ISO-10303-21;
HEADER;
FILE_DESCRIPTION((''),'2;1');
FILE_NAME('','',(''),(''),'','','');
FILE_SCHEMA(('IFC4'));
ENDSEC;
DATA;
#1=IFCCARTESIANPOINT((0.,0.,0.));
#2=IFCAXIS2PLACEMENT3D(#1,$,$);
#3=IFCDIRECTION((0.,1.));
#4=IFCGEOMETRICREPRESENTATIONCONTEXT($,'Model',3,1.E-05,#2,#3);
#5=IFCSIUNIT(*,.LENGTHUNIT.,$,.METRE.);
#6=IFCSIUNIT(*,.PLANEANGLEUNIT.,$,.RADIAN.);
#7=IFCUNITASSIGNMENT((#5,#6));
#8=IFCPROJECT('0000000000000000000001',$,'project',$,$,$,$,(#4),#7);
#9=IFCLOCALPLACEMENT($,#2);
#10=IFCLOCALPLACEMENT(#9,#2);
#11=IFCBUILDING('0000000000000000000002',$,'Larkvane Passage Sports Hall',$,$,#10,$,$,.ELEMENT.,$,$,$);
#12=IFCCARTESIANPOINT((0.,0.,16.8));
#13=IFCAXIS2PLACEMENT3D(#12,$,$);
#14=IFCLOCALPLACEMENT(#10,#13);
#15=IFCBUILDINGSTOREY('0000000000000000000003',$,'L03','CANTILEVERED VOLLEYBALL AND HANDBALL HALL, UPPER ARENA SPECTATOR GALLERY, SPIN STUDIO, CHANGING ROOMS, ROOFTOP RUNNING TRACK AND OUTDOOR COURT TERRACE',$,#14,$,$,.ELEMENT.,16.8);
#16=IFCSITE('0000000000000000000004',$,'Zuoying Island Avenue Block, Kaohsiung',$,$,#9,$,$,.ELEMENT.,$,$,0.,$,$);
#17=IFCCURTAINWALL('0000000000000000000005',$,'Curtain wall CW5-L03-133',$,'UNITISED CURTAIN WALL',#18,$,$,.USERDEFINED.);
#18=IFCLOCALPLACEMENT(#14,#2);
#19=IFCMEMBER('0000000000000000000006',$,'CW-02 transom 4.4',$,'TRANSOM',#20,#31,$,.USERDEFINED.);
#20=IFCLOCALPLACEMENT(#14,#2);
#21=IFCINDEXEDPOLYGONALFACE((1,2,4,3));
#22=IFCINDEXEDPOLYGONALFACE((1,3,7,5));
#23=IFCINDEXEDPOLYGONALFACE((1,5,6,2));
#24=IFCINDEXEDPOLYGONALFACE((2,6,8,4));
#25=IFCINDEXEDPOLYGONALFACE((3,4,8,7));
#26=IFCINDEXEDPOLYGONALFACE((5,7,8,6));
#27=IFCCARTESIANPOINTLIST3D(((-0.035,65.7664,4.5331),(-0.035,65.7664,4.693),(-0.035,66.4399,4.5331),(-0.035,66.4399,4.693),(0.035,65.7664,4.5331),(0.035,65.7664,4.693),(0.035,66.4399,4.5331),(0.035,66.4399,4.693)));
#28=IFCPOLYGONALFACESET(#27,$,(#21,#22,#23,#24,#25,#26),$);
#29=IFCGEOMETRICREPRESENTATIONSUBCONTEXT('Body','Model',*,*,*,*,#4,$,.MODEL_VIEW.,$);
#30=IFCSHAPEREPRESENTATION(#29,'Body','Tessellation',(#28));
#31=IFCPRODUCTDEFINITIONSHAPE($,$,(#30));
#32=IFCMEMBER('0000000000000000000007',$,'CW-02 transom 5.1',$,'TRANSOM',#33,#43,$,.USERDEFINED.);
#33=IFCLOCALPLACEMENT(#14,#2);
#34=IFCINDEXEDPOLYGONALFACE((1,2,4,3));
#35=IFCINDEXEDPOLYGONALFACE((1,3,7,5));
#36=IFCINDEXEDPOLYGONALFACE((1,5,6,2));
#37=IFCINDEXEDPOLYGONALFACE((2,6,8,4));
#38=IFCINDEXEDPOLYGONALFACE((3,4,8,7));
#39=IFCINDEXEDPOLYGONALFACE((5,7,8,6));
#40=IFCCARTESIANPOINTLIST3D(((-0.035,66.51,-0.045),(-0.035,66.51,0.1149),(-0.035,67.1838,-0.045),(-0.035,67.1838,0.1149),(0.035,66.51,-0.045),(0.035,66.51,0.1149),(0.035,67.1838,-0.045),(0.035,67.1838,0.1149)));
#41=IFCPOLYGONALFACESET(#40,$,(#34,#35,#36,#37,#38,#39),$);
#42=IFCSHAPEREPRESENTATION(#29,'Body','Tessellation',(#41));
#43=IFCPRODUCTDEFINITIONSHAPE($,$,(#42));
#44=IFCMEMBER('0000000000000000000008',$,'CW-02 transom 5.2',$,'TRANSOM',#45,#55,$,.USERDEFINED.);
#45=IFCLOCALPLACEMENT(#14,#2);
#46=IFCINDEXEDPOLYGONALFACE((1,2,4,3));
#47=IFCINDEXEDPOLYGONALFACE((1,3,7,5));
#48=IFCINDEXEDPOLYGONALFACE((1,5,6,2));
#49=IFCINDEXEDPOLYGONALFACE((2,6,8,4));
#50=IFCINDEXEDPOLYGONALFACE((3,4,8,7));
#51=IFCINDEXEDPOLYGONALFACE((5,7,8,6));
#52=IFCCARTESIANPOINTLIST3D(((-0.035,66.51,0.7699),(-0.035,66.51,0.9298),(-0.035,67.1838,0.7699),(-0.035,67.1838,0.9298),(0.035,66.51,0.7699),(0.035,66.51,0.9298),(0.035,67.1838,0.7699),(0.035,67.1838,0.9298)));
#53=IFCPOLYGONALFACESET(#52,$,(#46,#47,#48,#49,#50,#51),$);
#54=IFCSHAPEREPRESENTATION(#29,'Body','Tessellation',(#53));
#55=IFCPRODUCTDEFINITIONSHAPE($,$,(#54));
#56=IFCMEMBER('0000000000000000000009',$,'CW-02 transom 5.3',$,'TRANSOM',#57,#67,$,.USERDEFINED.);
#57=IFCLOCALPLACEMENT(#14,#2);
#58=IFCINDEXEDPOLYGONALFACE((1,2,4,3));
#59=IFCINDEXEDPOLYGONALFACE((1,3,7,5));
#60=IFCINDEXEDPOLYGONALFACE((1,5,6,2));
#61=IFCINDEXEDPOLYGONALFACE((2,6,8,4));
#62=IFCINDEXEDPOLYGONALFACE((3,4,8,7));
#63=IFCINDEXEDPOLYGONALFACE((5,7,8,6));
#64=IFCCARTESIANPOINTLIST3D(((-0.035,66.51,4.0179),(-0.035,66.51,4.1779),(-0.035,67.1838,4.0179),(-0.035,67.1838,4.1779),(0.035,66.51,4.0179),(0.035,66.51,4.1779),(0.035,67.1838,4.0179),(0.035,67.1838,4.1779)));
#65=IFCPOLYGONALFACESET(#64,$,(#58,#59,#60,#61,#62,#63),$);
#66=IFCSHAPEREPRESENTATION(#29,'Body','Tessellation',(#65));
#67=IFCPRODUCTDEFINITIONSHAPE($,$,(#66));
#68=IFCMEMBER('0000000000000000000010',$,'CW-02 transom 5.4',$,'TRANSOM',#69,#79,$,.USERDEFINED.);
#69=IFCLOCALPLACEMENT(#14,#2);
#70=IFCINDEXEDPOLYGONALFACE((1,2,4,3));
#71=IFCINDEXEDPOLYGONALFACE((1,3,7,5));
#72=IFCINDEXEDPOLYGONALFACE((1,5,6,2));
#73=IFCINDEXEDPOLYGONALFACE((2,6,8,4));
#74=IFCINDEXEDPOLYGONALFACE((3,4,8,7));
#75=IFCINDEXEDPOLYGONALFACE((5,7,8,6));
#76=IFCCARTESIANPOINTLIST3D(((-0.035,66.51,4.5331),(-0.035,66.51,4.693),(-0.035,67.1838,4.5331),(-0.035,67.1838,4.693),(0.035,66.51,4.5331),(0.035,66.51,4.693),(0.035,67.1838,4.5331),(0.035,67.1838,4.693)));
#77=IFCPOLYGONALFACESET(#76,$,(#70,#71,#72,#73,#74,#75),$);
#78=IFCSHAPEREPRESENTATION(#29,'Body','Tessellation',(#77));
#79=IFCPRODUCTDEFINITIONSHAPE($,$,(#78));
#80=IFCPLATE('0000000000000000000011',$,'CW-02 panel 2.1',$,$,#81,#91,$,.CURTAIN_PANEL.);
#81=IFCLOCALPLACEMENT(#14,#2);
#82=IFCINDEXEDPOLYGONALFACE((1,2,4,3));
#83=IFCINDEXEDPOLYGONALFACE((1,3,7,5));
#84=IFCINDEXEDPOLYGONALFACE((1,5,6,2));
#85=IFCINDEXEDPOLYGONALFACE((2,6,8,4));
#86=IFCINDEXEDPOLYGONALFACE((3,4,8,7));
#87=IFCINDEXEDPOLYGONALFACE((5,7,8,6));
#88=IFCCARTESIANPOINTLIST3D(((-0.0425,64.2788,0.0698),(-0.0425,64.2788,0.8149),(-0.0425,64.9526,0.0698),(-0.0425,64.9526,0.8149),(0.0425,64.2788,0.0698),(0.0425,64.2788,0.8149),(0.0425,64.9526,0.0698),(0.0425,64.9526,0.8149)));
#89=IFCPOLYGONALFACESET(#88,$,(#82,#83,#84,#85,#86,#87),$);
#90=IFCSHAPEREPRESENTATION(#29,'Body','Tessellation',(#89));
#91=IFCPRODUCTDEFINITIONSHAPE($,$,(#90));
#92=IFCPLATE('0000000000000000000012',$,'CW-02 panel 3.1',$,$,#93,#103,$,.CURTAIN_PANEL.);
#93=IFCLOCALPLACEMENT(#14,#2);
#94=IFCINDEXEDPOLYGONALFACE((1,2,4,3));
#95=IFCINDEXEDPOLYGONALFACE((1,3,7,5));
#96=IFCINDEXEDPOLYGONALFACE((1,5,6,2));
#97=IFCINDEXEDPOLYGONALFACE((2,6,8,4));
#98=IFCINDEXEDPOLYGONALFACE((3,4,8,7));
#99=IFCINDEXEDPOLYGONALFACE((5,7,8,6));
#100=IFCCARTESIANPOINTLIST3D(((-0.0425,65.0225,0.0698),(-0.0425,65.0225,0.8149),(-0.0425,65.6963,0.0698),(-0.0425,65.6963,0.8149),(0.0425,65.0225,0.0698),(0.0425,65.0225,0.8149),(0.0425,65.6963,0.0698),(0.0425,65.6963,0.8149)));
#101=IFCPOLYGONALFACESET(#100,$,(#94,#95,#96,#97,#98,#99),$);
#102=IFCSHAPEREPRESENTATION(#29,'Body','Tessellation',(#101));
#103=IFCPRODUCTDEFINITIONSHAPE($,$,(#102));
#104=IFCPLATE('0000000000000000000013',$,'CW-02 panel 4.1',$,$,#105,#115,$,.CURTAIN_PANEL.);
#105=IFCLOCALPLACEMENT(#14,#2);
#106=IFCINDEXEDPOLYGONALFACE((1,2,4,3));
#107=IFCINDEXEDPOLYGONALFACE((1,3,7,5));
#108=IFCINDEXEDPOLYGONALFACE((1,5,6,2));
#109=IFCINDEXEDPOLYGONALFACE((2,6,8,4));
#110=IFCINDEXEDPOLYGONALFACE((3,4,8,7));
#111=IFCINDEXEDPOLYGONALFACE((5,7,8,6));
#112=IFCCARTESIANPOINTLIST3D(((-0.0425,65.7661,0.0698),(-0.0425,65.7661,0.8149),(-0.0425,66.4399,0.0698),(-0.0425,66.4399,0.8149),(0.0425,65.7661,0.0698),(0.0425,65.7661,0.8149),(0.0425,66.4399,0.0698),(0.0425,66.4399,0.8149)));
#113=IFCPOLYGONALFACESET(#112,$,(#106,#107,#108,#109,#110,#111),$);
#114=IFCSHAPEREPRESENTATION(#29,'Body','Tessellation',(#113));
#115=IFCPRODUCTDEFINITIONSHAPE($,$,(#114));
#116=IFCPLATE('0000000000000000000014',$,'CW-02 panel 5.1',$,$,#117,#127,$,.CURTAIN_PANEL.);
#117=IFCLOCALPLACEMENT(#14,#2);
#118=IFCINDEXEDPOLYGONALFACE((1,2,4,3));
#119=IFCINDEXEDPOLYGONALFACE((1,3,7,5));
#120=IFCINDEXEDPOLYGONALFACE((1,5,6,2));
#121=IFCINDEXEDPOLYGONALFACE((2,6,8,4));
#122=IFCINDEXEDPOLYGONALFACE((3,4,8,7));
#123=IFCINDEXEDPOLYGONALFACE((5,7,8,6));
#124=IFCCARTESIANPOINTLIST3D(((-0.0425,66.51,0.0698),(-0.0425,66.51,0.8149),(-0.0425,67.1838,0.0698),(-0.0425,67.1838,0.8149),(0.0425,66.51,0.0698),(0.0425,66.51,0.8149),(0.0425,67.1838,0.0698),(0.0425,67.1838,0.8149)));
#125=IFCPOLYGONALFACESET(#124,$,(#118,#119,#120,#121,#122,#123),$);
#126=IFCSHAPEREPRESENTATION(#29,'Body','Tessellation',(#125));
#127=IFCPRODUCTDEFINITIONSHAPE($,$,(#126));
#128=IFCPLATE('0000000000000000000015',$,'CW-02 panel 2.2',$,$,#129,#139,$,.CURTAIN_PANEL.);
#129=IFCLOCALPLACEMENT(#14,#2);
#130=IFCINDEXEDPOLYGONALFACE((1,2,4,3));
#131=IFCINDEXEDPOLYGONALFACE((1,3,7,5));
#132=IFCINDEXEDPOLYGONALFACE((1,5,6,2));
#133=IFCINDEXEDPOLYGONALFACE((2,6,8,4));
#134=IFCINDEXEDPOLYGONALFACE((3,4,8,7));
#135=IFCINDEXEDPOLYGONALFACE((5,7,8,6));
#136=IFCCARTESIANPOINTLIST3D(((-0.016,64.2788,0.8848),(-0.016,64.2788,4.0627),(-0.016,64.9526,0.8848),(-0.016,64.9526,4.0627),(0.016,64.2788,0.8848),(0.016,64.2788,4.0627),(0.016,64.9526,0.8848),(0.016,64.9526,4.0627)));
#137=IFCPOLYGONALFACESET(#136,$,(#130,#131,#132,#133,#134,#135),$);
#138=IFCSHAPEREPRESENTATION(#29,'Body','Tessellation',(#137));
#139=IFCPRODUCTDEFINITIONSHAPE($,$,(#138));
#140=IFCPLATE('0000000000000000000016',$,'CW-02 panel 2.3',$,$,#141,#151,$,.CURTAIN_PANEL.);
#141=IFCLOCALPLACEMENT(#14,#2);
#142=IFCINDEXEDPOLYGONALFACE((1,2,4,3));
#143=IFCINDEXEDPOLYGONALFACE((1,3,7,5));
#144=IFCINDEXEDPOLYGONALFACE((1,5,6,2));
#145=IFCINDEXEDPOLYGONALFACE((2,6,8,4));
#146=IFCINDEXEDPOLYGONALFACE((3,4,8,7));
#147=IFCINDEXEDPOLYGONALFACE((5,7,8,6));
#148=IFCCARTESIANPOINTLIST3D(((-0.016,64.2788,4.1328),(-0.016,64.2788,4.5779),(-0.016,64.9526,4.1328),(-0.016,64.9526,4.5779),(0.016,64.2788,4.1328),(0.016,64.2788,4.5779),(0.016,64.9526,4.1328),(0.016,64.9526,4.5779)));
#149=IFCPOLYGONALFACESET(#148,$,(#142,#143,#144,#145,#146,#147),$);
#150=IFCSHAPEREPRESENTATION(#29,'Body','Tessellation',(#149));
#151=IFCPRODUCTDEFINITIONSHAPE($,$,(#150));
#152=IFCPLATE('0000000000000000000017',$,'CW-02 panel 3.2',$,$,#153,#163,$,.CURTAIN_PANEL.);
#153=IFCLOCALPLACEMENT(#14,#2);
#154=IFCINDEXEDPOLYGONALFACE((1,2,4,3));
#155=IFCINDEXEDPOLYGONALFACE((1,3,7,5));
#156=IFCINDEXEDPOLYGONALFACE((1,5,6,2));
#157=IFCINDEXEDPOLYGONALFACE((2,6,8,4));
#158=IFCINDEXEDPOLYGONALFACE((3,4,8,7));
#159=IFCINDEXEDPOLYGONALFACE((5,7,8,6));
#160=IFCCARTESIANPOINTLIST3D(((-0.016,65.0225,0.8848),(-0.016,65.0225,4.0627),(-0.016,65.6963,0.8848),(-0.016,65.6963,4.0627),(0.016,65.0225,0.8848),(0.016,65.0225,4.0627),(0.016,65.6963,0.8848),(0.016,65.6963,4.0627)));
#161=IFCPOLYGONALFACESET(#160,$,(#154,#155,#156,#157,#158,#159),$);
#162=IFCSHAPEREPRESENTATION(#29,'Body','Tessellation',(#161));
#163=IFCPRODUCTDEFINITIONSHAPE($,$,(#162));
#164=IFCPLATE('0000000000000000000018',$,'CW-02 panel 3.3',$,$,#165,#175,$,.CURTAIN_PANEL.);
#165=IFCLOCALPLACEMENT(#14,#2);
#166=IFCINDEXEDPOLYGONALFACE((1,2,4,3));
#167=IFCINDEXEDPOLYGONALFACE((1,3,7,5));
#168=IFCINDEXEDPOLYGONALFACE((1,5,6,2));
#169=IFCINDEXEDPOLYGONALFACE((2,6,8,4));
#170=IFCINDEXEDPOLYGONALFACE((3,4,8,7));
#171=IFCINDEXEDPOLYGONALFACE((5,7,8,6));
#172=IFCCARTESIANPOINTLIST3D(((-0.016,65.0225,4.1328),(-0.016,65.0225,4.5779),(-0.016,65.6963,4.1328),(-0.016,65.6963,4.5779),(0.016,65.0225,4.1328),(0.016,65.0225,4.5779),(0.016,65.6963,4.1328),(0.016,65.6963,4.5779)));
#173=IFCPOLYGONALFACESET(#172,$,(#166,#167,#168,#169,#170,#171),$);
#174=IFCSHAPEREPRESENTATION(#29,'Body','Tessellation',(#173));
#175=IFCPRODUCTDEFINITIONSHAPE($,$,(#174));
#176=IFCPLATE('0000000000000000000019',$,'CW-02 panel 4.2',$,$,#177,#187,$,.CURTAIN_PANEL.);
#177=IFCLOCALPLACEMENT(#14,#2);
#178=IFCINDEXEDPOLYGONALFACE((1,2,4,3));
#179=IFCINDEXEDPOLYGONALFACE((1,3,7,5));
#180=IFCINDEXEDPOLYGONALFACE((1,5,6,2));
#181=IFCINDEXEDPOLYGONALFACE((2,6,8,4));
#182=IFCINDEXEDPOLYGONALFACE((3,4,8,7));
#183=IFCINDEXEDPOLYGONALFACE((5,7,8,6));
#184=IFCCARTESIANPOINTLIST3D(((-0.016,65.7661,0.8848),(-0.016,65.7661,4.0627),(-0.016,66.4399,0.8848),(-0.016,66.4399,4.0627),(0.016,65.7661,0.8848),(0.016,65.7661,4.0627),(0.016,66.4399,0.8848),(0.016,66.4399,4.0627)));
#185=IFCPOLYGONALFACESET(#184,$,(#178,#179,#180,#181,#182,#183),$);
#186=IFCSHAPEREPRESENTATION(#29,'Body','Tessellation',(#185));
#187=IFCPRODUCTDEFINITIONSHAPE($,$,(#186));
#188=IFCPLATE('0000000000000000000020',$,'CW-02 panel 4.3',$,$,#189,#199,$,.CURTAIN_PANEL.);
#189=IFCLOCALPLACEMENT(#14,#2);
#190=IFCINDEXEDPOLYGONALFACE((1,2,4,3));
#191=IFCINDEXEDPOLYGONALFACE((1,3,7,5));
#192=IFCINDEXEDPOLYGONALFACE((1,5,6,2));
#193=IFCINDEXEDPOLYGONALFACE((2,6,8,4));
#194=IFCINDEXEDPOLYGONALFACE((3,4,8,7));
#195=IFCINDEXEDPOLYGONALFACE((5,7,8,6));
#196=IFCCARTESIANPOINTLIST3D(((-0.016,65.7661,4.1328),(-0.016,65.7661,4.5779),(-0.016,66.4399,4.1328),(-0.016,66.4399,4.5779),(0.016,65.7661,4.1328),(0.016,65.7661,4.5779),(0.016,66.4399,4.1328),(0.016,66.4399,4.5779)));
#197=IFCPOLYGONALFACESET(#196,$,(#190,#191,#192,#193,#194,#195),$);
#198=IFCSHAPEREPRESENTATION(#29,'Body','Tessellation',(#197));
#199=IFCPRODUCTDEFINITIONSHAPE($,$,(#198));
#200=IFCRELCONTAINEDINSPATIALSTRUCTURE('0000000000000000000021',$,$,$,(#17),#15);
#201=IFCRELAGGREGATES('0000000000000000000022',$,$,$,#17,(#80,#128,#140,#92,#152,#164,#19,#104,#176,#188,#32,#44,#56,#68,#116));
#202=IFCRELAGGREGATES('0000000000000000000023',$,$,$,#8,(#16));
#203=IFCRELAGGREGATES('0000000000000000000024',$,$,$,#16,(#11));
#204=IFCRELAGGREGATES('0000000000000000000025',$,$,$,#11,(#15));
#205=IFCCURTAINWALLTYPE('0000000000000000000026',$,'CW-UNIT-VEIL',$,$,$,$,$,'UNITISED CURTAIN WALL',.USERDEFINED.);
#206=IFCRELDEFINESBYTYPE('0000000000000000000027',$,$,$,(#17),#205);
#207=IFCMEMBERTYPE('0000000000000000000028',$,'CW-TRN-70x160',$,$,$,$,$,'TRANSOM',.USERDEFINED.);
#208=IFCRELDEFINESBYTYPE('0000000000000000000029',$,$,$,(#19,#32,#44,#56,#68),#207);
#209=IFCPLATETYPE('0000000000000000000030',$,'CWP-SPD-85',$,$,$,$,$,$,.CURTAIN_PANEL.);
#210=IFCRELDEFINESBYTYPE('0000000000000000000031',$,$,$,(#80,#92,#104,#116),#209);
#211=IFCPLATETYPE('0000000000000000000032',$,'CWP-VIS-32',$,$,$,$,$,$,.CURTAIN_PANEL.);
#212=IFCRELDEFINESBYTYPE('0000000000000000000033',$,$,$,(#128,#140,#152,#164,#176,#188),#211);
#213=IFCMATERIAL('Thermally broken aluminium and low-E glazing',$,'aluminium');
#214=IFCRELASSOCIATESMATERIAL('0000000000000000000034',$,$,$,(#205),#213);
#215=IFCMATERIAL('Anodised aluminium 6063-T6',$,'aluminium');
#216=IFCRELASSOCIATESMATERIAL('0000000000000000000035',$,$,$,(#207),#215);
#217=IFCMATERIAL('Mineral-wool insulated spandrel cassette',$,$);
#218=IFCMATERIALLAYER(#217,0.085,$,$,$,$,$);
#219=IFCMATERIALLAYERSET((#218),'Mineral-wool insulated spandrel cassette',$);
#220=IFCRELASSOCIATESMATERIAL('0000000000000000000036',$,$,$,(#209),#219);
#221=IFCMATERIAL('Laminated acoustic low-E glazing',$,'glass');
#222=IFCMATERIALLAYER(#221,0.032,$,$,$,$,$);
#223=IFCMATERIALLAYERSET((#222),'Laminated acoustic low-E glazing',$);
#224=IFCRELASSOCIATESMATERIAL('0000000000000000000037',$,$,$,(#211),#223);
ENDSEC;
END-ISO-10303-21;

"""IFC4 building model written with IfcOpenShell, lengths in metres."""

from ifc_helpers import new_model, si_unit, direction, frame, origin, origin_2d, place, context, subcontext, project, spatial, rectangle, extrude, material, layer, layer_set, material_profile, profile_set, type_object, element, aggregate, save


model = new_model("IFC4")

# Units and contexts
model_context = context("Model", 3, precision=1e-05, world=origin(), true_north=direction((0.0, 1.0)))
body_context = subcontext(model_context, "Body", "Model", "MODEL_VIEW")
ifc_project = project(units=[si_unit("LENGTHUNIT", "METRE"), si_unit("PLANEANGLEUNIT", "RADIAN")], contexts=[model_context])

# Site, building, storey
site_placement = place(None, origin())
site = spatial("IfcSite", under=ifc_project, at=site_placement, Name="Zuoying Island Avenue Block, Kaohsiung", CompositionType="ELEMENT", RefElevation=0.0)
building_placement = place(site_placement, origin())
building = spatial("IfcBuilding", under=site, at=building_placement, Name="Larkvane Passage Sports Hall", CompositionType="ELEMENT")
storey_placement = place(building_placement, frame((0.0, 0.0, 16.8)))
storey = spatial("IfcBuildingStorey", under=building, at=storey_placement, Name="L03", Description="CANTILEVERED VOLLEYBALL AND HANDBALL HALL, UPPER ARENA SPECTATOR GALLERY, SPIN STUDIO, CHANGING ROOMS, ROOFTOP RUNNING TRACK AND OUTDOOR COURT TERRACE", CompositionType="ELEMENT", Elevation=16.8)

# Curtain wall, members, plates
ifc_material_1 = material(Name="Thermally broken aluminium and low-E glazing", Category="aluminium")
curtain_wall_type = type_object("IfcCurtainWallType", Name="CW-UNIT-VEIL", ElementType="UNITISED CURTAIN WALL", PredefinedType="USERDEFINED", material=ifc_material_1)
curtain_wall_placement = place(storey_placement, origin())
curtain_wall = element("IfcCurtainWall", 1, at=curtain_wall_placement, inside=storey, type_object=curtain_wall_type, Name="Curtain wall CW5-L03-133", ObjectType="UNITISED CURTAIN WALL", PredefinedType="USERDEFINED")
ifc_material_2 = material(Name="Anodised aluminium 6063-T6", Category="aluminium")
ifc_material_profile_1 = material_profile(ifc_material_2, rectangle(XDim=0.0701, YDim=0.1599, at=origin_2d()), Name="ALU-TRN-70x160")
ifc_profile_set_1 = profile_set([ifc_material_profile_1], Name="Anodised aluminium 6063-T6")
member_type_1 = type_object("IfcMemberType", Name="CW-TRN-70x160", ElementType="TRANSOM", PredefinedType="USERDEFINED", material=ifc_profile_set_1)
member_1_placement = place(storey_placement, frame((0.0, 65.7664, 4.613), z_axis=(0.0, 1.0, 0.0), x_axis=(-1.0, 0.0, 0.0)))
member_1 = element("IfcMember", 2, at=member_1_placement, type_object=member_type_1, Name="CW-02 transom 4.4", ObjectType="TRANSOM", PredefinedType="USERDEFINED", context=body_context, shape_type="SweptSolid", body=[
    extrude(rectangle(XDim=0.0701, YDim=0.1599, at=origin_2d()), origin(), (0.0, 0.0, 1.0), 0.6736),
])
member_2_placement = place(storey_placement, frame((0.0, 66.51, 0.0349), z_axis=(0.0, 1.0, 0.0), x_axis=(-1.0, 0.0, 0.0)))
member_2 = element("IfcMember", 3, at=member_2_placement, type_object=member_type_1, Name="CW-02 transom 5.1", ObjectType="TRANSOM", PredefinedType="USERDEFINED", context=body_context, shape_type="SweptSolid", body=[
    extrude(rectangle(XDim=0.0701, YDim=0.1599, at=origin_2d()), origin(), (0.0, 0.0, 1.0), 0.6738),
])
member_3_placement = place(storey_placement, frame((0.0, 66.51, 0.8499), z_axis=(0.0, 1.0, 0.0), x_axis=(-1.0, 0.0, 0.0)))
member_3 = element("IfcMember", 4, at=member_3_placement, type_object=member_type_1, Name="CW-02 transom 5.2", ObjectType="TRANSOM", PredefinedType="USERDEFINED", context=body_context, shape_type="SweptSolid", body=[
    extrude(rectangle(XDim=0.0701, YDim=0.1599, at=origin_2d()), origin(), (0.0, 0.0, 1.0), 0.6738),
])
member_4_placement = place(storey_placement, frame((0.0, 66.51, 4.0979), z_axis=(0.0, 1.0, 0.0), x_axis=(-1.0, 0.0, 0.0)))
member_4 = element("IfcMember", 5, at=member_4_placement, type_object=member_type_1, Name="CW-02 transom 5.3", ObjectType="TRANSOM", PredefinedType="USERDEFINED", context=body_context, shape_type="SweptSolid", body=[
    extrude(rectangle(XDim=0.0701, YDim=0.1599, at=origin_2d()), origin(), (0.0, 0.0, 1.0), 0.6738),
])
member_5_placement = place(storey_placement, frame((0.0, 66.51, 4.613), z_axis=(0.0, 1.0, 0.0), x_axis=(-1.0, 0.0, 0.0)))
member_5 = element("IfcMember", 6, at=member_5_placement, type_object=member_type_1, Name="CW-02 transom 5.4", ObjectType="TRANSOM", PredefinedType="USERDEFINED", context=body_context, shape_type="SweptSolid", body=[
    extrude(rectangle(XDim=0.0701, YDim=0.1599, at=origin_2d()), origin(), (0.0, 0.0, 1.0), 0.6738),
])
ifc_material_3 = material(Name="Mineral-wool insulated spandrel cassette")
ifc_layer_1 = layer(ifc_material_3, 0.085)
ifc_layer_set_1 = layer_set([ifc_layer_1], Name="Mineral-wool insulated spandrel cassette")
plate_type_1 = type_object("IfcPlateType", Name="CWP-SPD-85", PredefinedType="CURTAIN_PANEL", material=ifc_layer_set_1)
plate_1_placement = place(storey_placement, frame((0.0, 64.6157, 0.0698), z_axis=(0.0, 0.0, 1.0), x_axis=(0.0, 1.0, 0.0)))
plate_1 = element("IfcPlate", 7, at=plate_1_placement, type_object=plate_type_1, Name="CW-02 panel 2.1", PredefinedType="CURTAIN_PANEL", context=body_context, shape_type="SweptSolid", body=[
    extrude(rectangle(XDim=0.6738, YDim=0.085, at=origin_2d()), origin(), (0.0, 0.0, 1.0), 0.7451),
])
plate_2_placement = place(storey_placement, frame((0.0, 65.3594, 0.0698), z_axis=(0.0, 0.0, 1.0), x_axis=(0.0, 1.0, 0.0)))
plate_2 = element("IfcPlate", 8, at=plate_2_placement, type_object=plate_type_1, Name="CW-02 panel 3.1", PredefinedType="CURTAIN_PANEL", context=body_context, shape_type="SweptSolid", body=[
    extrude(rectangle(XDim=0.6738, YDim=0.085, at=origin_2d()), origin(), (0.0, 0.0, 1.0), 0.7451),
])
plate_3_placement = place(storey_placement, frame((0.0, 66.103, 0.0698), z_axis=(0.0, 0.0, 1.0), x_axis=(0.0, 1.0, 0.0)))
plate_3 = element("IfcPlate", 9, at=plate_3_placement, type_object=plate_type_1, Name="CW-02 panel 4.1", PredefinedType="CURTAIN_PANEL", context=body_context, shape_type="SweptSolid", body=[
    extrude(rectangle(XDim=0.6738, YDim=0.085, at=origin_2d()), origin(), (0.0, 0.0, 1.0), 0.7451),
])
plate_4_placement = place(storey_placement, frame((0.0, 66.8469, 0.0698), z_axis=(0.0, 0.0, 1.0), x_axis=(0.0, 1.0, 0.0)))
plate_4 = element("IfcPlate", 10, at=plate_4_placement, type_object=plate_type_1, Name="CW-02 panel 5.1", PredefinedType="CURTAIN_PANEL", context=body_context, shape_type="SweptSolid", body=[
    extrude(rectangle(XDim=0.6738, YDim=0.085, at=origin_2d()), origin(), (0.0, 0.0, 1.0), 0.7451),
])
ifc_material_4 = material(Name="Laminated acoustic low-E glazing", Category="glass")
ifc_layer_2 = layer(ifc_material_4, 0.032)
ifc_layer_set_2 = layer_set([ifc_layer_2], Name="Laminated acoustic low-E glazing")
plate_type_2 = type_object("IfcPlateType", Name="CWP-VIS-32", PredefinedType="CURTAIN_PANEL", material=ifc_layer_set_2)
plate_5_placement = place(storey_placement, frame((0.0, 64.6157, 0.8848), z_axis=(0.0, 0.0, 1.0), x_axis=(0.0, 1.0, 0.0)))
plate_5 = element("IfcPlate", 11, at=plate_5_placement, type_object=plate_type_2, Name="CW-02 panel 2.2", PredefinedType="CURTAIN_PANEL", context=body_context, shape_type="SweptSolid", body=[
    extrude(rectangle(XDim=0.6738, YDim=0.032, at=origin_2d()), origin(), (0.0, 0.0, 1.0), 3.178),
])
plate_6_placement = place(storey_placement, frame((0.0, 64.6157, 4.1328), z_axis=(0.0, 0.0, 1.0), x_axis=(0.0, 1.0, 0.0)))
plate_6 = element("IfcPlate", 12, at=plate_6_placement, type_object=plate_type_2, Name="CW-02 panel 2.3", PredefinedType="CURTAIN_PANEL", context=body_context, shape_type="SweptSolid", body=[
    extrude(rectangle(XDim=0.6738, YDim=0.032, at=origin_2d()), origin(), (0.0, 0.0, 1.0), 0.4451),
])
plate_7_placement = place(storey_placement, frame((0.0, 65.3594, 0.8848), z_axis=(0.0, 0.0, 1.0), x_axis=(0.0, 1.0, 0.0)))
plate_7 = element("IfcPlate", 13, at=plate_7_placement, type_object=plate_type_2, Name="CW-02 panel 3.2", PredefinedType="CURTAIN_PANEL", context=body_context, shape_type="SweptSolid", body=[
    extrude(rectangle(XDim=0.6738, YDim=0.032, at=origin_2d()), origin(), (0.0, 0.0, 1.0), 3.178),
])
plate_8_placement = place(storey_placement, frame((0.0, 65.3594, 4.1328), z_axis=(0.0, 0.0, 1.0), x_axis=(0.0, 1.0, 0.0)))
plate_8 = element("IfcPlate", 14, at=plate_8_placement, type_object=plate_type_2, Name="CW-02 panel 3.3", PredefinedType="CURTAIN_PANEL", context=body_context, shape_type="SweptSolid", body=[
    extrude(rectangle(XDim=0.6738, YDim=0.032, at=origin_2d()), origin(), (0.0, 0.0, 1.0), 0.4451),
])
plate_9_placement = place(storey_placement, frame((0.0, 66.103, 0.8848), z_axis=(0.0, 0.0, 1.0), x_axis=(0.0, 1.0, 0.0)))
plate_9 = element("IfcPlate", 15, at=plate_9_placement, type_object=plate_type_2, Name="CW-02 panel 4.2", PredefinedType="CURTAIN_PANEL", context=body_context, shape_type="SweptSolid", body=[
    extrude(rectangle(XDim=0.6738, YDim=0.032, at=origin_2d()), origin(), (0.0, 0.0, 1.0), 3.178),
])
plate_10_placement = place(storey_placement, frame((0.0, 66.103, 4.1328), z_axis=(0.0, 0.0, 1.0), x_axis=(0.0, 1.0, 0.0)))
plate_10 = element("IfcPlate", 16, at=plate_10_placement, type_object=plate_type_2, Name="CW-02 panel 4.3", PredefinedType="CURTAIN_PANEL", context=body_context, shape_type="SweptSolid", body=[
    extrude(rectangle(XDim=0.6738, YDim=0.032, at=origin_2d()), origin(), (0.0, 0.0, 1.0), 0.4451),
])
aggregate(curtain_wall, [plate_1, plate_5, plate_6, plate_2, plate_7, plate_8, member_1, plate_3, plate_9, plate_10, member_2, member_3, member_4, member_5, plate_4])

save(model, "model.ifc")
